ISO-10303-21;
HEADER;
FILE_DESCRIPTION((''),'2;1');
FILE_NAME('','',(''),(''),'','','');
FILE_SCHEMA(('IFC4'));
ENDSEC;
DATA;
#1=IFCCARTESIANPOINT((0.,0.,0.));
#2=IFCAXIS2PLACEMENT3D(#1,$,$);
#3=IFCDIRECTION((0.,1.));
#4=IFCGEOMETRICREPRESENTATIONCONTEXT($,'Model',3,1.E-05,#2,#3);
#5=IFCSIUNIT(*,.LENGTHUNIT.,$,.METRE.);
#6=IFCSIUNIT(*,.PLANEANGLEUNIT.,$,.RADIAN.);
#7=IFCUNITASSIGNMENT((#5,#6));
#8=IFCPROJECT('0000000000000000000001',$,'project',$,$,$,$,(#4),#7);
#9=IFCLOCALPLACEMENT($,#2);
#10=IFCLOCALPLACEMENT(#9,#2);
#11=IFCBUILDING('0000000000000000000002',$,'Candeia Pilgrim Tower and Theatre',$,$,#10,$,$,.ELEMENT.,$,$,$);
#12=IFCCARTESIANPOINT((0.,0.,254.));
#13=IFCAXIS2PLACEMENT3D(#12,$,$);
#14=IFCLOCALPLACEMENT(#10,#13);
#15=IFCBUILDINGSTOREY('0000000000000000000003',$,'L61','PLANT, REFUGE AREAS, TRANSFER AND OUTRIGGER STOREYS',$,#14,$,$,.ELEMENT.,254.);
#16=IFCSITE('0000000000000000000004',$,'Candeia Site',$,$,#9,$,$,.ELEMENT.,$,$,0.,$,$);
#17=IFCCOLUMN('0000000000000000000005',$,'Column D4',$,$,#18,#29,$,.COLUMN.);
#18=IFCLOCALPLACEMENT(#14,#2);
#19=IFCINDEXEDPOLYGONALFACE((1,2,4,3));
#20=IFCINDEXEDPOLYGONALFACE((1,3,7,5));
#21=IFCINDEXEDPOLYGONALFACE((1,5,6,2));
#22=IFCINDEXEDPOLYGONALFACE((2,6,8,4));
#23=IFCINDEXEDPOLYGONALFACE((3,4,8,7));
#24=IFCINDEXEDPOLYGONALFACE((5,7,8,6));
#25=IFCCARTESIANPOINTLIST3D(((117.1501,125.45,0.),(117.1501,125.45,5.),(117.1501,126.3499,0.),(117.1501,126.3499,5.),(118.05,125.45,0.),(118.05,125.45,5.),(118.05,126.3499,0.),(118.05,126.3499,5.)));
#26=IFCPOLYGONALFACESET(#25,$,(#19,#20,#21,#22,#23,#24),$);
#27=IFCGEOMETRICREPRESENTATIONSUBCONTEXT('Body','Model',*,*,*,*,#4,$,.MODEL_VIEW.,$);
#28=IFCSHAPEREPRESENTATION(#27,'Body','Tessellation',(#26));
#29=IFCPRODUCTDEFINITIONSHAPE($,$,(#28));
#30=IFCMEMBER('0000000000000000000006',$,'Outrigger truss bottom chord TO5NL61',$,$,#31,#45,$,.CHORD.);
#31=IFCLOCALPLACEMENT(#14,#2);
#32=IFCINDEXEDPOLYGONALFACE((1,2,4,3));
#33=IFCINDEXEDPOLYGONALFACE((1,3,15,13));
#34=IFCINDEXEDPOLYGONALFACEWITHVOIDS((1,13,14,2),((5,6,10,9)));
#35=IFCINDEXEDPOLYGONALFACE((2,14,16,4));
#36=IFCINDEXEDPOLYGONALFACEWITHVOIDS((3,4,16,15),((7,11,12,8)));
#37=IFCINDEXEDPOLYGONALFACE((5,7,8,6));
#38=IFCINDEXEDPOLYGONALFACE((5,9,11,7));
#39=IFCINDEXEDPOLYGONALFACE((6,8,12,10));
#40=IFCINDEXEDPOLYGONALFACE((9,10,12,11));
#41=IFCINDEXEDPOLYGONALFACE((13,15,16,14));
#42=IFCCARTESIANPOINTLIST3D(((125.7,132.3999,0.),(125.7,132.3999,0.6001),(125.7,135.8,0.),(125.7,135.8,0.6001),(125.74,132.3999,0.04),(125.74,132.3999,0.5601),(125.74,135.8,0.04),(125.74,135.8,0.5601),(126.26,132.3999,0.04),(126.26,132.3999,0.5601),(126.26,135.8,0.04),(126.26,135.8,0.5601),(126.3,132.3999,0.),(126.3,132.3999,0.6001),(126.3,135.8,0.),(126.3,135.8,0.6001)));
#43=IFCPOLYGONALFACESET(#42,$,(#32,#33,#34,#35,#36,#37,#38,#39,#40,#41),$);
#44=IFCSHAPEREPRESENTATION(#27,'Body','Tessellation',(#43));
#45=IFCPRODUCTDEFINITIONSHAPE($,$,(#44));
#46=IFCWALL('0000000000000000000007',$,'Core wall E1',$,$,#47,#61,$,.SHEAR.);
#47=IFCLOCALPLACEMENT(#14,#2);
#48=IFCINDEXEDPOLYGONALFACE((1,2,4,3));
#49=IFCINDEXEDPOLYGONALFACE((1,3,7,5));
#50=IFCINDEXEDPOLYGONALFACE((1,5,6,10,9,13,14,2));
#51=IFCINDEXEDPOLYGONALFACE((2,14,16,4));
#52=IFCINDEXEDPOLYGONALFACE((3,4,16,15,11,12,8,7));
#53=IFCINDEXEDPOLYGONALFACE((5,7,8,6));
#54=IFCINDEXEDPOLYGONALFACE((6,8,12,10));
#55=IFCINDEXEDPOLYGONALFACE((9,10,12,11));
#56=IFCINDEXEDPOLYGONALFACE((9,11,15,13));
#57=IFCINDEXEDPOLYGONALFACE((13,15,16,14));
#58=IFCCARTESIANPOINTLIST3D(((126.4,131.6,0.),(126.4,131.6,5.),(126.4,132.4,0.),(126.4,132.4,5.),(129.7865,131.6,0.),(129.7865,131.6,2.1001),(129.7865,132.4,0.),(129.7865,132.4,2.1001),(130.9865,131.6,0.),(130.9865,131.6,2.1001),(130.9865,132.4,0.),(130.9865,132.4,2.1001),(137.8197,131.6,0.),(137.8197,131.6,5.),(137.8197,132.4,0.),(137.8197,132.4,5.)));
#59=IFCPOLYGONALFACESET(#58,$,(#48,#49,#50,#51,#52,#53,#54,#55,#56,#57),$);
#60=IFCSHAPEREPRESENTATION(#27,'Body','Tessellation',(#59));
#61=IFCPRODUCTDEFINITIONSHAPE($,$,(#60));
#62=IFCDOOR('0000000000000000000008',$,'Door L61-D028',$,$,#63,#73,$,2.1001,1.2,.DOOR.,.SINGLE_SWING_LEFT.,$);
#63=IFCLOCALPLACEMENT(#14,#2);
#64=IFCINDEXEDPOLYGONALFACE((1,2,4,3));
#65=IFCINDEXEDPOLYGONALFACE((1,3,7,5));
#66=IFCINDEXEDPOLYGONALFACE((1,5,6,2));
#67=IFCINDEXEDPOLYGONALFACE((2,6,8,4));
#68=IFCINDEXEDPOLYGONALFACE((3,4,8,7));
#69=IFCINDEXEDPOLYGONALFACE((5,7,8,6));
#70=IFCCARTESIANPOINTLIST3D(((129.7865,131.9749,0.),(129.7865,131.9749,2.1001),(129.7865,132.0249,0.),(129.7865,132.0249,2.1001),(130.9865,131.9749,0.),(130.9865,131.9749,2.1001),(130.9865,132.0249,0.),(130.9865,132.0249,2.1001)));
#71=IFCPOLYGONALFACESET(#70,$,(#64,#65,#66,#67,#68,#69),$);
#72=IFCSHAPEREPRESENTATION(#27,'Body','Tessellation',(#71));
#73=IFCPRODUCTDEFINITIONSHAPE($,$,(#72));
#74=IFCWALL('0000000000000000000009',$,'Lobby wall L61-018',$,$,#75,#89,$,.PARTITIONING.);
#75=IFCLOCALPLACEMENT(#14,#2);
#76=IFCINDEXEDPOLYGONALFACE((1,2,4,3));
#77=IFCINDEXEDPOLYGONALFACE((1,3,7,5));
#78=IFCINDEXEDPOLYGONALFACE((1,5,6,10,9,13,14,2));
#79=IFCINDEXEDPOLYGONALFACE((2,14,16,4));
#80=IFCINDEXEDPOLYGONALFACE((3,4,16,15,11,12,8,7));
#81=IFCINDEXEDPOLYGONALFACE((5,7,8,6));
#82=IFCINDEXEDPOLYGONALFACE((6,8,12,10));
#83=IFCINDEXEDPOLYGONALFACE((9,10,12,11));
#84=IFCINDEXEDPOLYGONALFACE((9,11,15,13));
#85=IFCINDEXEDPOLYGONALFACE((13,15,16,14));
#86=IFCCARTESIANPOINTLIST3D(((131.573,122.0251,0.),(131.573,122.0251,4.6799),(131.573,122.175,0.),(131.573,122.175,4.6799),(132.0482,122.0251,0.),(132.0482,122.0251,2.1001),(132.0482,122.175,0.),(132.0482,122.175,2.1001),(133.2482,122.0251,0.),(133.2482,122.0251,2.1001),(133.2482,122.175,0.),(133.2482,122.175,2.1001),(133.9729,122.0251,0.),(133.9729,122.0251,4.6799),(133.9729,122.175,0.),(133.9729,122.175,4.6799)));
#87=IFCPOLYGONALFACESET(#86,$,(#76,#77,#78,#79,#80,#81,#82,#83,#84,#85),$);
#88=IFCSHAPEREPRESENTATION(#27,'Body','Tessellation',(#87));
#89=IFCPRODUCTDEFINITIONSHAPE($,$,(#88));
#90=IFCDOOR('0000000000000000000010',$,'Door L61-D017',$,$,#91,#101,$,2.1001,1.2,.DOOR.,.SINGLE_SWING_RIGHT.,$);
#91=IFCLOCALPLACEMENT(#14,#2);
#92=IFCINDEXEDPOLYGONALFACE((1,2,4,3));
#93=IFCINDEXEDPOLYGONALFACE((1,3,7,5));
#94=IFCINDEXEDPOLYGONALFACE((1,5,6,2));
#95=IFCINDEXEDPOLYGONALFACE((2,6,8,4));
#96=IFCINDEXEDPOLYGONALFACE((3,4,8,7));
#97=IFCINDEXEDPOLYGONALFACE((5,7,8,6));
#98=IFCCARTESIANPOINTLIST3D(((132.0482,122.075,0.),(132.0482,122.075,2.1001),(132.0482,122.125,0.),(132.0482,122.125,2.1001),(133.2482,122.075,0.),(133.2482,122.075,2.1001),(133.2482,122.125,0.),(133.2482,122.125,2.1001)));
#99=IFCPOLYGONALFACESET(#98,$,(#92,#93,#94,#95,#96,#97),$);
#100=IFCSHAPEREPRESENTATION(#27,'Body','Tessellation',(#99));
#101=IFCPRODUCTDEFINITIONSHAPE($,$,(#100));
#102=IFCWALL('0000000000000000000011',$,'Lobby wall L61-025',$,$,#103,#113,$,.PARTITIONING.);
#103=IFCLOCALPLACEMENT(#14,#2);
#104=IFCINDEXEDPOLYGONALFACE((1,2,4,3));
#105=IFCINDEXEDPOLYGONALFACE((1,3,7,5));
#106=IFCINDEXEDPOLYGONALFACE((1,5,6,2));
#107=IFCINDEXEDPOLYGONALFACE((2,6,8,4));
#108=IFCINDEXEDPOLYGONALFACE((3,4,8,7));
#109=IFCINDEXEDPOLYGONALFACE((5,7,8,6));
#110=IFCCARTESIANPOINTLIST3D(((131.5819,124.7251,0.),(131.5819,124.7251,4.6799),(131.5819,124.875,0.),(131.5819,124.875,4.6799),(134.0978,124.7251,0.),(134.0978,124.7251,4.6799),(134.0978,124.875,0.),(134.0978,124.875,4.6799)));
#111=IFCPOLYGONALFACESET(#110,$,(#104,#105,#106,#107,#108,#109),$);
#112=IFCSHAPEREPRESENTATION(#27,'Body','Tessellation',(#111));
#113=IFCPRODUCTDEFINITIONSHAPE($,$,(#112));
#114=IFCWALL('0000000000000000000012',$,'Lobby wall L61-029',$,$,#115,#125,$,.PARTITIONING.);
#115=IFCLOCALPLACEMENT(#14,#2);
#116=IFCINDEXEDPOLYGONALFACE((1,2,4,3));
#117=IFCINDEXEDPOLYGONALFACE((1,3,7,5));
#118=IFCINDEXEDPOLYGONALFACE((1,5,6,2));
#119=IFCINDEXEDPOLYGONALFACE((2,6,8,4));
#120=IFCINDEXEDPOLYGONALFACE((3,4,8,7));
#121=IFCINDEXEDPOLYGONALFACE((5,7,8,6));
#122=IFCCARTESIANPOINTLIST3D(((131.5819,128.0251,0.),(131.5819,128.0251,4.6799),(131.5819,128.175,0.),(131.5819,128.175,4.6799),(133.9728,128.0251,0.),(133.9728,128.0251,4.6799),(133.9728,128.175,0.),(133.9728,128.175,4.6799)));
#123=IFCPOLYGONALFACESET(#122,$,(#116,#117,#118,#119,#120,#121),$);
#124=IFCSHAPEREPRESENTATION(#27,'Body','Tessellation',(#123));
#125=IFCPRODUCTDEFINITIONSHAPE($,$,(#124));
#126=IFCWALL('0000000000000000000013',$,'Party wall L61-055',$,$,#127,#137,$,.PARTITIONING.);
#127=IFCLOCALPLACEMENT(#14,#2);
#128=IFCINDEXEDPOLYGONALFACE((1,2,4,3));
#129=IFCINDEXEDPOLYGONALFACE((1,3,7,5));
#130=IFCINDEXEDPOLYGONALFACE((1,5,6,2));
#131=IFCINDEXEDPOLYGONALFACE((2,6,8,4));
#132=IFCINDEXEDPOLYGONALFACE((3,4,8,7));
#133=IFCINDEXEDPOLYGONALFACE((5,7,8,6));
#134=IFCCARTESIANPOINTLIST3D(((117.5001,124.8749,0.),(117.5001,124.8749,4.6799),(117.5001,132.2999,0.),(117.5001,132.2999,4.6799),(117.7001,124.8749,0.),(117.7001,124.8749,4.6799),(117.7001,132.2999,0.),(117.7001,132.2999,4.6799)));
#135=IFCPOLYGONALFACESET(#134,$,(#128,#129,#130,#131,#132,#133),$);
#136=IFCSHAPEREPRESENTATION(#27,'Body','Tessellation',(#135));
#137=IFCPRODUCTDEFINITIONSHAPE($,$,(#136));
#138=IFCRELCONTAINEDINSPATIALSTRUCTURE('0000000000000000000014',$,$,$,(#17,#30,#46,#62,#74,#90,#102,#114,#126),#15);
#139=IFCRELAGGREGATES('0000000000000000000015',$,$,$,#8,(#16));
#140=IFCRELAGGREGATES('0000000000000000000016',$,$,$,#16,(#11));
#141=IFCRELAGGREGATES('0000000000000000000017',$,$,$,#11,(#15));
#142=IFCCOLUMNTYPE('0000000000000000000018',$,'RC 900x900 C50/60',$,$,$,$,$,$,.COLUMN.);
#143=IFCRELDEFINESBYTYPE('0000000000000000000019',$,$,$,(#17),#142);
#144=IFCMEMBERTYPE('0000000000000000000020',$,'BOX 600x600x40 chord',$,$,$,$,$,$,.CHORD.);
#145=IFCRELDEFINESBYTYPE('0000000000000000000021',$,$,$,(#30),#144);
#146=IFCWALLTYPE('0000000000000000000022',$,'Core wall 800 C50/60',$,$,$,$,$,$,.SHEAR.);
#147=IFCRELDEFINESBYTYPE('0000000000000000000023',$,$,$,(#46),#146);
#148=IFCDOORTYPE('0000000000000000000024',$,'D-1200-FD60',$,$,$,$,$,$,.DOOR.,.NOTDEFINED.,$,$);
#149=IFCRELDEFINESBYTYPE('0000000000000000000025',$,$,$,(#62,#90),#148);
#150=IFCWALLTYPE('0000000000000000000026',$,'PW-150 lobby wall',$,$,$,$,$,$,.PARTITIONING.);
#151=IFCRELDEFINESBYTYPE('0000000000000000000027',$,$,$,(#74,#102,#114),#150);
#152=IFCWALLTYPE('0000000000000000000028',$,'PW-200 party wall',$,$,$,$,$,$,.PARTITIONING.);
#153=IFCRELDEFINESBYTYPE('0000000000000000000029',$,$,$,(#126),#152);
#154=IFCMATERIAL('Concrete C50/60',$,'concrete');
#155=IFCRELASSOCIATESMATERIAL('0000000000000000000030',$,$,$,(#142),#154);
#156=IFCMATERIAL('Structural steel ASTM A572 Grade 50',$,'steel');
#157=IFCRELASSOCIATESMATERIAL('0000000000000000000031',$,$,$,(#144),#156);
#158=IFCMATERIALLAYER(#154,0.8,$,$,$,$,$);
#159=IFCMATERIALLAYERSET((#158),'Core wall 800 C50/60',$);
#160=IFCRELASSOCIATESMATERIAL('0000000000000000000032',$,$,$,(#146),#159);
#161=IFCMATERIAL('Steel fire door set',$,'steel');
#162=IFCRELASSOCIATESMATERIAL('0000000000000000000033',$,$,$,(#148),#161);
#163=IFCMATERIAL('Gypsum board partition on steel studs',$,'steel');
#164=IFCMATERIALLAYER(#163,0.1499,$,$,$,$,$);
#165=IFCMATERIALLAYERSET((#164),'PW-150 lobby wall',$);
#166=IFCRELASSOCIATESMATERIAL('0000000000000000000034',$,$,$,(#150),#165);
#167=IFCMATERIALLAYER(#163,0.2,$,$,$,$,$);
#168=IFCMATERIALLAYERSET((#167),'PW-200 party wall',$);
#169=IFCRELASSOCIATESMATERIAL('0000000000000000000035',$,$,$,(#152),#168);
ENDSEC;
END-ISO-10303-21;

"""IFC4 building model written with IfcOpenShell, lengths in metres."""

from ifc_helpers import new_model, si_unit, direction, frame, frame_2d, origin, origin_2d, place, context, subcontext, project, spatial, rectangle, hollow_rectangle, extrude, material, layer, layer_set, material_profile, profile_set, type_object, element, fill, save


model = new_model("IFC4")

# Units and contexts
model_context = context("Model", 3, precision=1e-05, world=origin(), true_north=direction((0.0, 1.0)))
body_context = subcontext(model_context, "Body", "Model", "MODEL_VIEW")
ifc_project = project(units=[si_unit("LENGTHUNIT", "METRE"), si_unit("PLANEANGLEUNIT", "RADIAN")], contexts=[model_context])

# Site, building, storey
site_placement = place(None, origin())
site = spatial("IfcSite", under=ifc_project, at=site_placement, Name="Candeia Site", CompositionType="ELEMENT", RefElevation=0.0)
building_placement = place(site_placement, origin())
building = spatial("IfcBuilding", under=site, at=building_placement, Name="Candeia Pilgrim Tower and Theatre", CompositionType="ELEMENT")
storey_placement = place(building_placement, frame((0.0, 0.0, 254.0)))
storey = spatial("IfcBuildingStorey", under=building, at=storey_placement, Name="L61", Description="PLANT, REFUGE AREAS, TRANSFER AND OUTRIGGER STOREYS", CompositionType="ELEMENT", Elevation=254.0)

# Column
ifc_material_1 = material(Name="Concrete C50/60", Category="concrete")
ifc_material_profile_1 = material_profile(ifc_material_1, rectangle(XDim=0.8999, YDim=0.8999, at=origin_2d()))
ifc_profile_set_1 = profile_set([ifc_material_profile_1], Name="Concrete C50/60")
column_type = type_object("IfcColumnType", Name="RC 900x900 C50/60", PredefinedType="COLUMN", material=ifc_profile_set_1)
column_placement = place(storey_placement, frame((117.6001, 125.8999, 0.0), z_axis=(0.0, 0.0, 1.0), x_axis=(1.0, 0.0, 0.0)))
element("IfcColumn", 1, at=column_placement, inside=storey, type_object=column_type, Name="Column D4", PredefinedType="COLUMN", context=body_context, shape_type="SweptSolid", body=[
    extrude(rectangle(XDim=0.8999, YDim=0.8999, at=origin_2d()), origin(), (0.0, 0.0, 1.0), 5.0),
])

# Member
ifc_material_2 = material(Name="Structural steel ASTM A572 Grade 50", Category="steel")
ifc_material_profile_2 = material_profile(ifc_material_2, hollow_rectangle(XDim=0.6001, YDim=0.6001, WallThickness=0.04, at=origin_2d()))
ifc_profile_set_2 = profile_set([ifc_material_profile_2], Name="Structural steel ASTM A572 Grade 50")
member_type = type_object("IfcMemberType", Name="BOX 600x600x40 chord", PredefinedType="CHORD", material=ifc_profile_set_2)
member_placement = place(storey_placement, frame((126.0, 132.3999, 0.3), z_axis=(0.0, 1.0, 0.0), x_axis=(-1.0, 0.0, 0.0)))
element("IfcMember", 2, at=member_placement, inside=storey, type_object=member_type, Name="Outrigger truss bottom chord TO5NL61", PredefinedType="CHORD", context=body_context, shape_type="SweptSolid", body=[
    extrude(hollow_rectangle(XDim=0.6001, YDim=0.6001, WallThickness=0.04, at=origin_2d()), origin(), (0.0, 0.0, 1.0), 3.4001),
])

# Walls, openings, doors
ifc_layer_1 = layer(ifc_material_1, 0.8)
ifc_layer_set_1 = layer_set([ifc_layer_1], Name="Core wall 800 C50/60")
wall_type_1 = type_object("IfcWallType", Name="Core wall 800 C50/60", PredefinedType="SHEAR", material=ifc_layer_set_1)
wall_1_placement = place(storey_placement, frame((126.3999, 132.0, 0.0), z_axis=(0.0, 0.0, 1.0), x_axis=(1.0, 0.0, 0.0)))
wall_1 = element("IfcWall", 3, at=wall_1_placement, inside=storey, type_object=wall_type_1, Name="Core wall E1", PredefinedType="SHEAR", context=body_context, shape_type="SweptSolid", body=[
    extrude(rectangle(XDim=11.4197, YDim=0.8, at=frame_2d((5.71, 0.0))), origin(), (0.0, 0.0, 1.0), 5.0),
])
opening_1_placement = place(wall_1_placement, frame((3.3865, 0.0, 0.0)))
opening_1 = element("IfcOpeningElement", 4, at=opening_1_placement, cuts=wall_1, PredefinedType="OPENING", context=body_context, shape_type="SweptSolid", body=[
    extrude(rectangle(XDim=1.2, YDim=2.1001, at=frame_2d((0.6001, 1.05))), frame((0.0, 0.4102, 0.0), z_axis=(0.0, -1.0, 0.0), x_axis=(1.0, 0.0, 0.0)), (0.0, 0.0, 1.0), 0.8201),
])
ifc_material_3 = material(Name="Steel fire door set", Category="steel")
door_type_1 = type_object("IfcDoorType", Name="D-1200-FD60", OperationType="NOTDEFINED", PredefinedType="DOOR", material=ifc_material_3)
door_1_placement = place(opening_1_placement, origin())
door_1 = element("IfcDoor", 5, at=door_1_placement, inside=storey, type_object=door_type_1, Name="Door L61-D028", OperationType="SINGLE_SWING_LEFT", OverallHeight=2.1001, OverallWidth=1.2, PredefinedType="DOOR", context=body_context, shape_type="SweptSolid", body=[
    extrude(rectangle(XDim=1.2, YDim=2.1001, at=frame_2d((0.6001, 1.05))), frame((0.0, 0.0249, 0.0), z_axis=(0.0, -1.0, 0.0), x_axis=(1.0, 0.0, 0.0)), (0.0, 0.0, 1.0), 0.05),
])
fill(opening_1, door_1)
ifc_material_4 = material(Name="Gypsum board partition on steel studs", Category="steel")
ifc_layer_2 = layer(ifc_material_4, 0.1499)
ifc_layer_set_2 = layer_set([ifc_layer_2], Name="PW-150 lobby wall")
wall_type_2 = type_object("IfcWallType", Name="PW-150 lobby wall", PredefinedType="PARTITIONING", material=ifc_layer_set_2)
wall_2_placement = place(storey_placement, frame((131.573, 122.1001, 0.0), z_axis=(0.0, 0.0, 1.0), x_axis=(1.0, 0.0, 0.0)))
wall_2 = element("IfcWall", 6, at=wall_2_placement, inside=storey, type_object=wall_type_2, Name="Lobby wall L61-018", PredefinedType="PARTITIONING", context=body_context, shape_type="SweptSolid", body=[
    extrude(rectangle(XDim=2.3999, YDim=0.1499, at=frame_2d((1.2, 0.0))), origin(), (0.0, 0.0, 1.0), 4.6799),
])
opening_2_placement = place(wall_2_placement, frame((0.4751, 0.0, 0.0)))
opening_2 = element("IfcOpeningElement", 7, at=opening_2_placement, cuts=wall_2, PredefinedType="OPENING", context=body_context, shape_type="SweptSolid", body=[
    extrude(rectangle(XDim=1.2, YDim=2.1001, at=frame_2d((0.6001, 1.05))), frame((0.0, 0.085, 0.0), z_axis=(0.0, -1.0, 0.0), x_axis=(1.0, 0.0, 0.0)), (0.0, 0.0, 1.0), 0.1699),
])
door_2_placement = place(opening_2_placement, origin())
door_2 = element("IfcDoor", 8, at=door_2_placement, inside=storey, type_object=door_type_1, Name="Door L61-D017", OperationType="SINGLE_SWING_RIGHT", OverallHeight=2.1001, OverallWidth=1.2, PredefinedType="DOOR", context=body_context, shape_type="SweptSolid", body=[
    extrude(rectangle(XDim=1.2, YDim=2.1001, at=frame_2d((0.6001, 1.05))), frame((0.0, 0.0249, 0.0), z_axis=(0.0, -1.0, 0.0), x_axis=(1.0, 0.0, 0.0)), (0.0, 0.0, 1.0), 0.05),
])
fill(opening_2, door_2)

# Walls
wall_3_placement = place(storey_placement, frame((131.582, 124.8, 0.0), z_axis=(0.0, 0.0, 1.0), x_axis=(1.0, 0.0, 0.0)))
element("IfcWall", 9, at=wall_3_placement, inside=storey, type_object=wall_type_2, Name="Lobby wall L61-025", PredefinedType="PARTITIONING", context=body_context, shape_type="SweptSolid", body=[
    extrude(rectangle(XDim=2.5159, YDim=0.1499, at=frame_2d((1.2578, 0.0))), origin(), (0.0, 0.0, 1.0), 4.6799),
])
wall_4_placement = place(storey_placement, frame((131.582, 128.1001, 0.0), z_axis=(0.0, 0.0, 1.0), x_axis=(1.0, 0.0, 0.0)))
element("IfcWall", 10, at=wall_4_placement, inside=storey, type_object=wall_type_2, Name="Lobby wall L61-029", PredefinedType="PARTITIONING", context=body_context, shape_type="SweptSolid", body=[
    extrude(rectangle(XDim=2.3909, YDim=0.1499, at=frame_2d((1.1953, 0.0))), origin(), (0.0, 0.0, 1.0), 4.6799),
])
ifc_layer_3 = layer(ifc_material_4, 0.2)
ifc_layer_set_3 = layer_set([ifc_layer_3], Name="PW-200 party wall")
wall_type_3 = type_object("IfcWallType", Name="PW-200 party wall", PredefinedType="PARTITIONING", material=ifc_layer_set_3)
wall_5_placement = place(storey_placement, frame((117.6001, 124.875, 0.0), z_axis=(0.0, 0.0, 1.0), x_axis=(0.0, 1.0, 0.0)))
element("IfcWall", 11, at=wall_5_placement, inside=storey, type_object=wall_type_3, Name="Party wall L61-055", PredefinedType="PARTITIONING", context=body_context, shape_type="SweptSolid", body=[
    extrude(rectangle(XDim=7.425, YDim=0.2, at=frame_2d((3.7124, 0.0))), origin(), (0.0, 0.0, 1.0), 4.6799),
])

save(model, "model.ifc")
